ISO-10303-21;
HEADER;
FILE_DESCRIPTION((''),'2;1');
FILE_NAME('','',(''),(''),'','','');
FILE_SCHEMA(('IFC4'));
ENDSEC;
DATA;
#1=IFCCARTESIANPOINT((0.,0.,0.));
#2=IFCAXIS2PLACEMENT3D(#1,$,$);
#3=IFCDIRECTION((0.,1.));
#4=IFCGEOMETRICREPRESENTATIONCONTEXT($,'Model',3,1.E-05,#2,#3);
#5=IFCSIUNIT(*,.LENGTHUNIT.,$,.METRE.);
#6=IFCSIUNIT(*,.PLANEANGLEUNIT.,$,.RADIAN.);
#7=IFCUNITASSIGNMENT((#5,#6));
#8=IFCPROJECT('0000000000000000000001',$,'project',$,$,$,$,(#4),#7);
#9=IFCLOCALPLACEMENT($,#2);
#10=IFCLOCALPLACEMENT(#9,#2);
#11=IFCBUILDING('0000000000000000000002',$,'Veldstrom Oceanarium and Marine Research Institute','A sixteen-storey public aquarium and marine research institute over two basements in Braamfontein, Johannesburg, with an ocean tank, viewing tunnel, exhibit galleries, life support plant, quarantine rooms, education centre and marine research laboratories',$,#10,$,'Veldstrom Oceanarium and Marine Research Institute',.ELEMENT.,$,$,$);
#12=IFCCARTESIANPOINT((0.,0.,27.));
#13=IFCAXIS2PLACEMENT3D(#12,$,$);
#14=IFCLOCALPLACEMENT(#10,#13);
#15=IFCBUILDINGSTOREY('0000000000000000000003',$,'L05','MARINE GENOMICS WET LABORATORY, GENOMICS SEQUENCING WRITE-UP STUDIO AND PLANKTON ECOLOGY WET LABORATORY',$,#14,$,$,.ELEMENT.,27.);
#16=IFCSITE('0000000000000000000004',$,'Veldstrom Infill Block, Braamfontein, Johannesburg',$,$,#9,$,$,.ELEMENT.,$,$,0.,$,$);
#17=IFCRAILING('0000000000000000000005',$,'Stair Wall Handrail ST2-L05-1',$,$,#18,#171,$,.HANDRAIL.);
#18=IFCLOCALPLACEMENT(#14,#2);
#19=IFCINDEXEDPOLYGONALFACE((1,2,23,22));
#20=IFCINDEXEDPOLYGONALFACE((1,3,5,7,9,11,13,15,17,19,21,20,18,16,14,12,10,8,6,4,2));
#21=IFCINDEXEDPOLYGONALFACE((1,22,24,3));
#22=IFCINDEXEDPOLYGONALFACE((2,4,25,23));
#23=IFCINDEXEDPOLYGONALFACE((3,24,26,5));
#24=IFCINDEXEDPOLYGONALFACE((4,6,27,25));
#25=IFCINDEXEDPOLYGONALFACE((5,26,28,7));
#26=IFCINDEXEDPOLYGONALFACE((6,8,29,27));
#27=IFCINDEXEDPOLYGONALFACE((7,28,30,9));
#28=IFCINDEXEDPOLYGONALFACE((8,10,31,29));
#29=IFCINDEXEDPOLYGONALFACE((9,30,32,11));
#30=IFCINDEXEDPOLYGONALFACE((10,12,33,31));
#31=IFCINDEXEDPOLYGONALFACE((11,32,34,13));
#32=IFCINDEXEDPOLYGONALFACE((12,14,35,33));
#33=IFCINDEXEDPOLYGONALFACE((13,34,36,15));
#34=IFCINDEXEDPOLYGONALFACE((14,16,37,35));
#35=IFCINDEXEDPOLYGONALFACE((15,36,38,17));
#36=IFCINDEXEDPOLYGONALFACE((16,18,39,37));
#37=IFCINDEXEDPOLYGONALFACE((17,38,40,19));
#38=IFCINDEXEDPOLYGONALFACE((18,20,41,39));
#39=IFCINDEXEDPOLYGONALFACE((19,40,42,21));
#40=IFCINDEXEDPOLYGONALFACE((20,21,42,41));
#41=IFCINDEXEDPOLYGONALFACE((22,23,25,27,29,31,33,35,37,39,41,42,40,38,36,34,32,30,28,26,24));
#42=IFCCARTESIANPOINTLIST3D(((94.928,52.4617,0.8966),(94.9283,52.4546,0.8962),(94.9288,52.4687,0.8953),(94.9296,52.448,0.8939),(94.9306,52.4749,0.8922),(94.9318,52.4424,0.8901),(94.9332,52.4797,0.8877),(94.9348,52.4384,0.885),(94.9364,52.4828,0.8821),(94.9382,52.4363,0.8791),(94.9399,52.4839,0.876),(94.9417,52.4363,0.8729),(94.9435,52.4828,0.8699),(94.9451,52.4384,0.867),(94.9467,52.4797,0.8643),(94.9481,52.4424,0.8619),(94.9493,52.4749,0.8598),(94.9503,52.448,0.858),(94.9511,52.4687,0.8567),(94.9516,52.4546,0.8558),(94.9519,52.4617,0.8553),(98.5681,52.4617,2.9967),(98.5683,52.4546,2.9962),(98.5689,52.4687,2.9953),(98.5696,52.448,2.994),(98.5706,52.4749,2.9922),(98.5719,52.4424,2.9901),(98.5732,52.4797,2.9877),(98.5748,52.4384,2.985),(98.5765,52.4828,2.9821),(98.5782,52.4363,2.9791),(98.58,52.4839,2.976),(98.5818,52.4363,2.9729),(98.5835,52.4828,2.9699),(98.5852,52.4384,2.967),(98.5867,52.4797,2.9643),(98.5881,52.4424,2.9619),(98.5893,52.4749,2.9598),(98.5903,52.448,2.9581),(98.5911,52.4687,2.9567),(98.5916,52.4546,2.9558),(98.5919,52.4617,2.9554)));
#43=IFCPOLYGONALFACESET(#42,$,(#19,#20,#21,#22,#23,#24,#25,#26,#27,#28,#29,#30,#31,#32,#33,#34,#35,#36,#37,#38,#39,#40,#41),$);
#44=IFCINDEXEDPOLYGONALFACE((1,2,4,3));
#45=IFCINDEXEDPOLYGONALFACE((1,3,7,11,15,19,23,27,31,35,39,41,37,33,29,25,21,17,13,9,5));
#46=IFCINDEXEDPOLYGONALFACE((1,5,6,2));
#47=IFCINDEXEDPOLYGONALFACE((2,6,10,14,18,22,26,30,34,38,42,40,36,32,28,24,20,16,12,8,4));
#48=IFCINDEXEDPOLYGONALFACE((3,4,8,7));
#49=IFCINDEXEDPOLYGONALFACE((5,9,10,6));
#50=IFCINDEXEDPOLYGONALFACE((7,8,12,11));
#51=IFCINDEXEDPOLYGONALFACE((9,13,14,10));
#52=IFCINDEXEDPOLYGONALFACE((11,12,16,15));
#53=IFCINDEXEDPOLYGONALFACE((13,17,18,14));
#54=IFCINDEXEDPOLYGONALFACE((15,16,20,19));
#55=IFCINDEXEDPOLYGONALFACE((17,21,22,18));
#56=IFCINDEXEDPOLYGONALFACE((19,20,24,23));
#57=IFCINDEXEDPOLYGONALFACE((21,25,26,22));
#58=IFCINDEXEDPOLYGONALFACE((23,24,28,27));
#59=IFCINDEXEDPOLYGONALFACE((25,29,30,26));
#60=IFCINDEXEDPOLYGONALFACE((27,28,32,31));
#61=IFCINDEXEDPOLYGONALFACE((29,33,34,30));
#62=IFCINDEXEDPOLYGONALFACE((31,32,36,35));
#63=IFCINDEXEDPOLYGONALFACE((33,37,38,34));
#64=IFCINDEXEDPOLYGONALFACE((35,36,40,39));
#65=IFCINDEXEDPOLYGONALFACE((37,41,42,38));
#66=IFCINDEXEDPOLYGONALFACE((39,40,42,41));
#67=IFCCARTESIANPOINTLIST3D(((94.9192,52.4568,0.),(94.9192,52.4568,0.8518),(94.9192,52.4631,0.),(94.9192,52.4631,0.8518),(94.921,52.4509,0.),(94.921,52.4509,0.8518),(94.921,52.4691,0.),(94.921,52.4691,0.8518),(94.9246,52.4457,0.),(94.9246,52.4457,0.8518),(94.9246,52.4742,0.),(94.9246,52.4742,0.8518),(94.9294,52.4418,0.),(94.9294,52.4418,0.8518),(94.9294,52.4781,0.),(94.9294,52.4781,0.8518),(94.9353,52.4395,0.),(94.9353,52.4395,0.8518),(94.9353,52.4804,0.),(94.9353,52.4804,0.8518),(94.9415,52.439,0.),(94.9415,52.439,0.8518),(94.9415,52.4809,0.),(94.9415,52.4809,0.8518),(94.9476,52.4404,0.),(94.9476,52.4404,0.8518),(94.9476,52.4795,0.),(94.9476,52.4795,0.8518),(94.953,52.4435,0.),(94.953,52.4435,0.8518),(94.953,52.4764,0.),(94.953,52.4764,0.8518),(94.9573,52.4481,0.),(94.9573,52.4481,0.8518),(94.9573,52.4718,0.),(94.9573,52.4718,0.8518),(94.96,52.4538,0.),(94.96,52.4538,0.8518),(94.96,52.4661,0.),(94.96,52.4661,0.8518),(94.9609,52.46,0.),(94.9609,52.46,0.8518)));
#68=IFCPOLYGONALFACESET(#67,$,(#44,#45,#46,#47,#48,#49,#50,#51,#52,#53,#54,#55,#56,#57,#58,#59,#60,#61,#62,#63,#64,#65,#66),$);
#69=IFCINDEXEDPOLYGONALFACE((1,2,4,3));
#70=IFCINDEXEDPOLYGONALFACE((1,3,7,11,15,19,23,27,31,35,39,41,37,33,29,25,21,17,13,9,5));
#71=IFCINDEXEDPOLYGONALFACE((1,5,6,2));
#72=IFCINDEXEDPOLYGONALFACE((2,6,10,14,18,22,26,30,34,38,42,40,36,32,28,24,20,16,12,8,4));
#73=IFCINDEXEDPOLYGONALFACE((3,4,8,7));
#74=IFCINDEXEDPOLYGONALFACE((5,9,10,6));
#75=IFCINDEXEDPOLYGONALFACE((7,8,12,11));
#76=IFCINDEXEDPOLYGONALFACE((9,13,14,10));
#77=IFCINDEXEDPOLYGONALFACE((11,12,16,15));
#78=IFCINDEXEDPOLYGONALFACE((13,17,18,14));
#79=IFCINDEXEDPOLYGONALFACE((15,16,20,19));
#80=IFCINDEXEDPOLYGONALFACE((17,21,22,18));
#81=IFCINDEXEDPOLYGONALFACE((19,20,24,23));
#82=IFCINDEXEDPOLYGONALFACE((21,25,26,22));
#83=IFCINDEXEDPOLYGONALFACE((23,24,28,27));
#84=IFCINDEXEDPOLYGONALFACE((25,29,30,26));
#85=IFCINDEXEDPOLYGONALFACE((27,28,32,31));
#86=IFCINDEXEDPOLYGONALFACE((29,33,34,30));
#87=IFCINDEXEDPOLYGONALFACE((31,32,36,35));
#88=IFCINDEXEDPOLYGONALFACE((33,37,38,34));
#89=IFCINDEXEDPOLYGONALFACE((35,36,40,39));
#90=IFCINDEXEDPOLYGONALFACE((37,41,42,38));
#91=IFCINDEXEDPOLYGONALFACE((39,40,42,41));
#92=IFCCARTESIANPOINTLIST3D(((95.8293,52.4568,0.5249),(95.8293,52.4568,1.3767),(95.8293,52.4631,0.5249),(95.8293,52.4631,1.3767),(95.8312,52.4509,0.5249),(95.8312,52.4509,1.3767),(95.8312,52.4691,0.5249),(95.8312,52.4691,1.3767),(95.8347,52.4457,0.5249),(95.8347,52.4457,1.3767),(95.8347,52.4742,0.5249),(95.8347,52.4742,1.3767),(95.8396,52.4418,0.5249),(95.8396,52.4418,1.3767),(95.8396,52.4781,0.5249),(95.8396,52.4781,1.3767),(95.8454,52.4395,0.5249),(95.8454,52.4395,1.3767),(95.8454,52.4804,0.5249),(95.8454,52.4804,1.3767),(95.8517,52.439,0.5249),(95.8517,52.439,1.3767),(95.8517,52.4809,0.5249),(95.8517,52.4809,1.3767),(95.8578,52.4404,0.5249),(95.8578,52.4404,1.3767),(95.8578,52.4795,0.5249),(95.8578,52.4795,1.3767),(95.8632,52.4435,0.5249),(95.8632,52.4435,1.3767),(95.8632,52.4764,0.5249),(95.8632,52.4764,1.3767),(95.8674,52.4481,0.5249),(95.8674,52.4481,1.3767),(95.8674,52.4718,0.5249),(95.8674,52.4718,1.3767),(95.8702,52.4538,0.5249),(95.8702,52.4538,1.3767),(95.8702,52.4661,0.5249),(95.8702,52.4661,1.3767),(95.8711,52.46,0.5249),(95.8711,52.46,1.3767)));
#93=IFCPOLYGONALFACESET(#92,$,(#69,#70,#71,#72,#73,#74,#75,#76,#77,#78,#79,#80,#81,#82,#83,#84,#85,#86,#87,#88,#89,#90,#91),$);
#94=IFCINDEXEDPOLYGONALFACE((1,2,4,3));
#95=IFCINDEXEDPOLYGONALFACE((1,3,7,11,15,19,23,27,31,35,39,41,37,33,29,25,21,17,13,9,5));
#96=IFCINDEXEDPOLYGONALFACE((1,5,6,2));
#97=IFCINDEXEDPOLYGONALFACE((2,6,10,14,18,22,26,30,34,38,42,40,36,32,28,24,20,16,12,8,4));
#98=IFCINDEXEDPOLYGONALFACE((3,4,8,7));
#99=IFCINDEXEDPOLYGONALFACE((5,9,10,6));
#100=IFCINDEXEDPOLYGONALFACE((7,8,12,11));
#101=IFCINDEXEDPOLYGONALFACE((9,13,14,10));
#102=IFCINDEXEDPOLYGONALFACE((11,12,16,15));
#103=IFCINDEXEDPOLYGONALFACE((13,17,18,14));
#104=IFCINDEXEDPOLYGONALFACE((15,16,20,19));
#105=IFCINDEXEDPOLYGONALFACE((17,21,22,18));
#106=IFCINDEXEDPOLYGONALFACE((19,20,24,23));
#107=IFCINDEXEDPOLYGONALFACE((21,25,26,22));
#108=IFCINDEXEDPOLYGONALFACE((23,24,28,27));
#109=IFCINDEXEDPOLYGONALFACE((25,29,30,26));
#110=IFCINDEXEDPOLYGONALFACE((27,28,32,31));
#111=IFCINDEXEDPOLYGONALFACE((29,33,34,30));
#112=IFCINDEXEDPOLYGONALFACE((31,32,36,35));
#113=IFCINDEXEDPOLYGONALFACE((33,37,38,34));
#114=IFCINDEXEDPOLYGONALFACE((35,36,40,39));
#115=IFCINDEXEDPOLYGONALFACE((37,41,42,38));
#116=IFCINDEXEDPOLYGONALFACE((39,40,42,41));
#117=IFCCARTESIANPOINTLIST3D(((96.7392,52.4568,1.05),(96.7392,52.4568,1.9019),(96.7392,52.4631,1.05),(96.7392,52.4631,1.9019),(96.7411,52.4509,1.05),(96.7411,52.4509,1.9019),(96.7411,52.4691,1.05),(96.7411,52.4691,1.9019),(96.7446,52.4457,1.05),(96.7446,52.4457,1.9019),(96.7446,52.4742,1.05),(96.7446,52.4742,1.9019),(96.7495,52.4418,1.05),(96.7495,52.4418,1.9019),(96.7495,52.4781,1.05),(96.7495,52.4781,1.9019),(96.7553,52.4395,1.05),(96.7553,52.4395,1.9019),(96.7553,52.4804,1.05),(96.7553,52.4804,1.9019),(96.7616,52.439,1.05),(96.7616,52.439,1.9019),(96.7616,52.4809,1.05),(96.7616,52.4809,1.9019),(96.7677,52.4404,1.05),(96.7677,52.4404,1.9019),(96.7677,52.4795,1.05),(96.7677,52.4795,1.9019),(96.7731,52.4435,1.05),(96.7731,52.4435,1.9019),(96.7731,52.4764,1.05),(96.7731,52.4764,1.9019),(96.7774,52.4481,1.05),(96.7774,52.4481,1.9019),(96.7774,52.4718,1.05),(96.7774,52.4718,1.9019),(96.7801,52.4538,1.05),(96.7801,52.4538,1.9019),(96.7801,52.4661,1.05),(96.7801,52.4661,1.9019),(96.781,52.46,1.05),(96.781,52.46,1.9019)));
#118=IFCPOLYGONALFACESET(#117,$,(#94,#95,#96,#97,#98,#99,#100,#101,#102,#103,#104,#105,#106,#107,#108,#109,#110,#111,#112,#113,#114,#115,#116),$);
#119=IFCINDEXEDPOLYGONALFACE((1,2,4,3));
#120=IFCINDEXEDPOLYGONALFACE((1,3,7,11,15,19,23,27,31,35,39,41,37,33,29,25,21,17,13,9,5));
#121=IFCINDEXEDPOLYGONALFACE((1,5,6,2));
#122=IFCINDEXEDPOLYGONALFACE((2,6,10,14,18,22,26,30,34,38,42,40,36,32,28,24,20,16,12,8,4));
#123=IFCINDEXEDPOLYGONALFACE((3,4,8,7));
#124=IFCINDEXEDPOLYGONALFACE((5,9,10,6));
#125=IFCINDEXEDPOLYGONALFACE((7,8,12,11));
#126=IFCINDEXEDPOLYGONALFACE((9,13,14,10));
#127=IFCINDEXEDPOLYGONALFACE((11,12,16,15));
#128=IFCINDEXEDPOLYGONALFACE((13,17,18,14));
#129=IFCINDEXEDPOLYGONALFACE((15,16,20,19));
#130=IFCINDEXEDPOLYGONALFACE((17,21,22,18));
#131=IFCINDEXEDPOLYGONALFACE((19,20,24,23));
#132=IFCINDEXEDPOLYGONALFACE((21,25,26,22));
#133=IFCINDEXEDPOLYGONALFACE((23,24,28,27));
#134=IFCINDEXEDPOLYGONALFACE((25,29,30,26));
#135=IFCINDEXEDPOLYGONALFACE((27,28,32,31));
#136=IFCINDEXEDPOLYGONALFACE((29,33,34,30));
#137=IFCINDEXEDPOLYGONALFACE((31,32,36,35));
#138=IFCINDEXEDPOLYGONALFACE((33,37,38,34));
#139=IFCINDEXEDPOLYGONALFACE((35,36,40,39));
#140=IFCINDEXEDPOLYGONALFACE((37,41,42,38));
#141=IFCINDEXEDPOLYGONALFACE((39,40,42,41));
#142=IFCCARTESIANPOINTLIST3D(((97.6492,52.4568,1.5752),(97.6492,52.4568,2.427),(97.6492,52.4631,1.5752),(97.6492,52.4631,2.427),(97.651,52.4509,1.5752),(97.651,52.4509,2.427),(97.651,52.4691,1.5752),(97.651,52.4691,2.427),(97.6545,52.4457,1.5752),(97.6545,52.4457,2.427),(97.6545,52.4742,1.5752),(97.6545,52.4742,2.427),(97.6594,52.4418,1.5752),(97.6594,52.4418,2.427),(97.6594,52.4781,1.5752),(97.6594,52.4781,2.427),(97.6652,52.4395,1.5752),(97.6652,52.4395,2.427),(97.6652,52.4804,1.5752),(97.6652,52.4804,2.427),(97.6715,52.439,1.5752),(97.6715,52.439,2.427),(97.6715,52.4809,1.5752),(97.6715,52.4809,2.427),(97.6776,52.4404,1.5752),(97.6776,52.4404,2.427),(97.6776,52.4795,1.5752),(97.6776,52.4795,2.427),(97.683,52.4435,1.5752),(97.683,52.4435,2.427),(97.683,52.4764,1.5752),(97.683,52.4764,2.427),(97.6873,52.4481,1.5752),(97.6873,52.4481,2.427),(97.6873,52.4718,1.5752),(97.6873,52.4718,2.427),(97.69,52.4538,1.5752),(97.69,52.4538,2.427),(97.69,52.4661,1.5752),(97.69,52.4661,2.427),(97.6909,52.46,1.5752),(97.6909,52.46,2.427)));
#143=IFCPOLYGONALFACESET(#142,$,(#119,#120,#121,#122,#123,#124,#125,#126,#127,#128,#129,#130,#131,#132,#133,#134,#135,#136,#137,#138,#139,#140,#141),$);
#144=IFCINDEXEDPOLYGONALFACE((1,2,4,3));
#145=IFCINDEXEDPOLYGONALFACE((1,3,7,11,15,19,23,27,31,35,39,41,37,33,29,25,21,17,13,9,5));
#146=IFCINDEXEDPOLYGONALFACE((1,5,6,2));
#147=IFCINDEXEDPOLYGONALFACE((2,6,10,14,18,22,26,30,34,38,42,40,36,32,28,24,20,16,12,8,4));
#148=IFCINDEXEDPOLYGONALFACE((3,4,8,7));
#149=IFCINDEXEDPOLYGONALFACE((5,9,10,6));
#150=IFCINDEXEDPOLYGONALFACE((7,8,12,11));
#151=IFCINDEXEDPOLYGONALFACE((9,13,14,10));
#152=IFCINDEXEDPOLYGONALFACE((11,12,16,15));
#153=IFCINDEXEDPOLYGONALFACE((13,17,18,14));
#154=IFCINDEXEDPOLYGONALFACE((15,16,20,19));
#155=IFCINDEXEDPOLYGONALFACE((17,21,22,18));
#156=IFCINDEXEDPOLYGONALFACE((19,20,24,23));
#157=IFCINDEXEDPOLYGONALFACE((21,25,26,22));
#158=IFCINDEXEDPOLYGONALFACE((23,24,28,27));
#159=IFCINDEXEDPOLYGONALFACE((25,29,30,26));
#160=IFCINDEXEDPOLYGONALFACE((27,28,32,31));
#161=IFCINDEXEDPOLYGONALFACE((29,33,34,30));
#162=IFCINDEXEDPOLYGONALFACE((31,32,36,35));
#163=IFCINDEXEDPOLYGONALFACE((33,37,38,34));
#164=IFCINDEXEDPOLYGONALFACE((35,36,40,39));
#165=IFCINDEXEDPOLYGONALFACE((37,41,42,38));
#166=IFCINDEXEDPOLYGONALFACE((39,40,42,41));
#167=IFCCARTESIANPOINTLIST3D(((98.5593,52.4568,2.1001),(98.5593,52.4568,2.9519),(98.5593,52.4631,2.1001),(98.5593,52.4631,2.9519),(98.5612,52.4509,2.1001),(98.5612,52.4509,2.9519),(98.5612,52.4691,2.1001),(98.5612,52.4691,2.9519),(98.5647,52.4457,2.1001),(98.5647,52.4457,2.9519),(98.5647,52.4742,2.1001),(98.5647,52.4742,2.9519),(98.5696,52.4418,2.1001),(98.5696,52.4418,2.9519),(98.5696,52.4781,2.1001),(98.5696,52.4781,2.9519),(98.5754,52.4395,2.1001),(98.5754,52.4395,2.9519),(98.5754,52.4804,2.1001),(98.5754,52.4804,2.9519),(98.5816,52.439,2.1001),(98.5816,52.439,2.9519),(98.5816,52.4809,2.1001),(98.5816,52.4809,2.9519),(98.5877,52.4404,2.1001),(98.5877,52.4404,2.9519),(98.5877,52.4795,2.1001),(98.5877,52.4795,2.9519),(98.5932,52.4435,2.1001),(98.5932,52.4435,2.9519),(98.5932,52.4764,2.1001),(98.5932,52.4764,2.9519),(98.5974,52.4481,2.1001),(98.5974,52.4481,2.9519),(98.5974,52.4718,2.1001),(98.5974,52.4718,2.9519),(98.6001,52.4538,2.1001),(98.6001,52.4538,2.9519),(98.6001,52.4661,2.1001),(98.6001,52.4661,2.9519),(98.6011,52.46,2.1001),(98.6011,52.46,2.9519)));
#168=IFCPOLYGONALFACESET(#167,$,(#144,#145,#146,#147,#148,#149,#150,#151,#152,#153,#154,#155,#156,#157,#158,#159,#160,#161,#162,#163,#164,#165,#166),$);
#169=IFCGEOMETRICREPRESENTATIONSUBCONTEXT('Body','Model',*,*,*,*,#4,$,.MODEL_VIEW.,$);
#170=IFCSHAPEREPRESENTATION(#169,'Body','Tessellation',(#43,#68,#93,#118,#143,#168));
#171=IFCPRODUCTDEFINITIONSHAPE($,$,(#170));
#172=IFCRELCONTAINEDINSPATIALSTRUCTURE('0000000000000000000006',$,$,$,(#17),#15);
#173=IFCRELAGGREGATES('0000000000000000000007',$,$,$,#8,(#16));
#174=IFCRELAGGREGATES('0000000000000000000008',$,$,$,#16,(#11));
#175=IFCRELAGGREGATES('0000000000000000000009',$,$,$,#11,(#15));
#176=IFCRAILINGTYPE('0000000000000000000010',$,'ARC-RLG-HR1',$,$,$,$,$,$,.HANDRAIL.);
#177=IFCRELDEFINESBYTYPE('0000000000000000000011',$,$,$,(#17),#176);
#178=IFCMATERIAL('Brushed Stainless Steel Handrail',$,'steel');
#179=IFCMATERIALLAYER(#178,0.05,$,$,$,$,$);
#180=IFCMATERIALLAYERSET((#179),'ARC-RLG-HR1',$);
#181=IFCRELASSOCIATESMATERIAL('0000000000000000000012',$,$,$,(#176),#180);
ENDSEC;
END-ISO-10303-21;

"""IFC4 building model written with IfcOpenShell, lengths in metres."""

from ifc_helpers import new_model, si_unit, direction, frame, origin, origin_2d, place, context, subcontext, project, spatial, circle, extrude, material, layer, layer_set, type_object, element, save


model = new_model("IFC4")

# Units and contexts
model_context = context("Model", 3, precision=1e-05, world=origin(), true_north=direction((0.0, 1.0)))
body_context = subcontext(model_context, "Body", "Model", "MODEL_VIEW")
ifc_project = project(units=[si_unit("LENGTHUNIT", "METRE"), si_unit("PLANEANGLEUNIT", "RADIAN")], contexts=[model_context])

# Site, building, storey
site_placement = place(None, origin())
site = spatial("IfcSite", under=ifc_project, at=site_placement, Name="Veldstrom Infill Block, Braamfontein, Johannesburg", CompositionType="ELEMENT", RefElevation=0.0)
building_placement = place(site_placement, origin())
building = spatial("IfcBuilding", under=site, at=building_placement, Name="Veldstrom Oceanarium and Marine Research Institute", Description="A sixteen-storey public aquarium and marine research institute over two basements in Braamfontein, Johannesburg, with an ocean tank, viewing tunnel, exhibit galleries, life support plant, quarantine rooms, education centre and marine research laboratories", LongName="Veldstrom Oceanarium and Marine Research Institute", CompositionType="ELEMENT")
storey_placement = place(building_placement, frame((0.0, 0.0, 27.0)))
storey = spatial("IfcBuildingStorey", under=building, at=storey_placement, Name="L05", Description="MARINE GENOMICS WET LABORATORY, GENOMICS SEQUENCING WRITE-UP STUDIO AND PLANKTON ECOLOGY WET LABORATORY", CompositionType="ELEMENT", Elevation=27.0)

# Railing
ifc_material_1 = material(Name="Brushed Stainless Steel Handrail", Category="steel")
ifc_layer_1 = layer(ifc_material_1, 0.05)
ifc_layer_set_1 = layer_set([ifc_layer_1], Name="ARC-RLG-HR1")
railing_type_1 = type_object("IfcRailingType", Name="ARC-RLG-HR1", PredefinedType="HANDRAIL", material=ifc_layer_set_1)
railing_1_placement = place(storey_placement, frame((94.9399, 52.46, 0.0)))
element("IfcRailing", 1, at=railing_1_placement, inside=storey, type_object=railing_type_1, Name="Stair Wall Handrail ST2-L05-1", PredefinedType="HANDRAIL", context=body_context, shape_type="SweptSolid", body=[
    extrude(circle(Radius=0.0239, at=origin_2d()), frame((0.0, 0.0, 0.876), z_axis=(0.866184, 0.0, 0.499726), x_axis=(0.0, 1.0, 0.0)), (0.0, 0.0, 1.0), 4.2024),
    extrude(circle(Radius=0.021, at=origin_2d()), origin(), (0.0, 0.0, 1.0), 0.8518),
    extrude(circle(Radius=0.021, at=origin_2d()), frame((0.9102, 0.0, 0.5249)), (0.0, 0.0, 1.0), 0.8518),
    extrude(circle(Radius=0.021, at=origin_2d()), frame((1.8201, 0.0, 1.05)), (0.0, 0.0, 1.0), 0.8518),
    extrude(circle(Radius=0.021, at=origin_2d()), frame((2.73, 0.0, 1.5752)), (0.0, 0.0, 1.0), 0.8518),
    extrude(circle(Radius=0.021, at=origin_2d()), frame((3.6401, 0.0, 2.1001)), (0.0, 0.0, 1.0), 0.8518),
])

save(model, "model.ifc")
